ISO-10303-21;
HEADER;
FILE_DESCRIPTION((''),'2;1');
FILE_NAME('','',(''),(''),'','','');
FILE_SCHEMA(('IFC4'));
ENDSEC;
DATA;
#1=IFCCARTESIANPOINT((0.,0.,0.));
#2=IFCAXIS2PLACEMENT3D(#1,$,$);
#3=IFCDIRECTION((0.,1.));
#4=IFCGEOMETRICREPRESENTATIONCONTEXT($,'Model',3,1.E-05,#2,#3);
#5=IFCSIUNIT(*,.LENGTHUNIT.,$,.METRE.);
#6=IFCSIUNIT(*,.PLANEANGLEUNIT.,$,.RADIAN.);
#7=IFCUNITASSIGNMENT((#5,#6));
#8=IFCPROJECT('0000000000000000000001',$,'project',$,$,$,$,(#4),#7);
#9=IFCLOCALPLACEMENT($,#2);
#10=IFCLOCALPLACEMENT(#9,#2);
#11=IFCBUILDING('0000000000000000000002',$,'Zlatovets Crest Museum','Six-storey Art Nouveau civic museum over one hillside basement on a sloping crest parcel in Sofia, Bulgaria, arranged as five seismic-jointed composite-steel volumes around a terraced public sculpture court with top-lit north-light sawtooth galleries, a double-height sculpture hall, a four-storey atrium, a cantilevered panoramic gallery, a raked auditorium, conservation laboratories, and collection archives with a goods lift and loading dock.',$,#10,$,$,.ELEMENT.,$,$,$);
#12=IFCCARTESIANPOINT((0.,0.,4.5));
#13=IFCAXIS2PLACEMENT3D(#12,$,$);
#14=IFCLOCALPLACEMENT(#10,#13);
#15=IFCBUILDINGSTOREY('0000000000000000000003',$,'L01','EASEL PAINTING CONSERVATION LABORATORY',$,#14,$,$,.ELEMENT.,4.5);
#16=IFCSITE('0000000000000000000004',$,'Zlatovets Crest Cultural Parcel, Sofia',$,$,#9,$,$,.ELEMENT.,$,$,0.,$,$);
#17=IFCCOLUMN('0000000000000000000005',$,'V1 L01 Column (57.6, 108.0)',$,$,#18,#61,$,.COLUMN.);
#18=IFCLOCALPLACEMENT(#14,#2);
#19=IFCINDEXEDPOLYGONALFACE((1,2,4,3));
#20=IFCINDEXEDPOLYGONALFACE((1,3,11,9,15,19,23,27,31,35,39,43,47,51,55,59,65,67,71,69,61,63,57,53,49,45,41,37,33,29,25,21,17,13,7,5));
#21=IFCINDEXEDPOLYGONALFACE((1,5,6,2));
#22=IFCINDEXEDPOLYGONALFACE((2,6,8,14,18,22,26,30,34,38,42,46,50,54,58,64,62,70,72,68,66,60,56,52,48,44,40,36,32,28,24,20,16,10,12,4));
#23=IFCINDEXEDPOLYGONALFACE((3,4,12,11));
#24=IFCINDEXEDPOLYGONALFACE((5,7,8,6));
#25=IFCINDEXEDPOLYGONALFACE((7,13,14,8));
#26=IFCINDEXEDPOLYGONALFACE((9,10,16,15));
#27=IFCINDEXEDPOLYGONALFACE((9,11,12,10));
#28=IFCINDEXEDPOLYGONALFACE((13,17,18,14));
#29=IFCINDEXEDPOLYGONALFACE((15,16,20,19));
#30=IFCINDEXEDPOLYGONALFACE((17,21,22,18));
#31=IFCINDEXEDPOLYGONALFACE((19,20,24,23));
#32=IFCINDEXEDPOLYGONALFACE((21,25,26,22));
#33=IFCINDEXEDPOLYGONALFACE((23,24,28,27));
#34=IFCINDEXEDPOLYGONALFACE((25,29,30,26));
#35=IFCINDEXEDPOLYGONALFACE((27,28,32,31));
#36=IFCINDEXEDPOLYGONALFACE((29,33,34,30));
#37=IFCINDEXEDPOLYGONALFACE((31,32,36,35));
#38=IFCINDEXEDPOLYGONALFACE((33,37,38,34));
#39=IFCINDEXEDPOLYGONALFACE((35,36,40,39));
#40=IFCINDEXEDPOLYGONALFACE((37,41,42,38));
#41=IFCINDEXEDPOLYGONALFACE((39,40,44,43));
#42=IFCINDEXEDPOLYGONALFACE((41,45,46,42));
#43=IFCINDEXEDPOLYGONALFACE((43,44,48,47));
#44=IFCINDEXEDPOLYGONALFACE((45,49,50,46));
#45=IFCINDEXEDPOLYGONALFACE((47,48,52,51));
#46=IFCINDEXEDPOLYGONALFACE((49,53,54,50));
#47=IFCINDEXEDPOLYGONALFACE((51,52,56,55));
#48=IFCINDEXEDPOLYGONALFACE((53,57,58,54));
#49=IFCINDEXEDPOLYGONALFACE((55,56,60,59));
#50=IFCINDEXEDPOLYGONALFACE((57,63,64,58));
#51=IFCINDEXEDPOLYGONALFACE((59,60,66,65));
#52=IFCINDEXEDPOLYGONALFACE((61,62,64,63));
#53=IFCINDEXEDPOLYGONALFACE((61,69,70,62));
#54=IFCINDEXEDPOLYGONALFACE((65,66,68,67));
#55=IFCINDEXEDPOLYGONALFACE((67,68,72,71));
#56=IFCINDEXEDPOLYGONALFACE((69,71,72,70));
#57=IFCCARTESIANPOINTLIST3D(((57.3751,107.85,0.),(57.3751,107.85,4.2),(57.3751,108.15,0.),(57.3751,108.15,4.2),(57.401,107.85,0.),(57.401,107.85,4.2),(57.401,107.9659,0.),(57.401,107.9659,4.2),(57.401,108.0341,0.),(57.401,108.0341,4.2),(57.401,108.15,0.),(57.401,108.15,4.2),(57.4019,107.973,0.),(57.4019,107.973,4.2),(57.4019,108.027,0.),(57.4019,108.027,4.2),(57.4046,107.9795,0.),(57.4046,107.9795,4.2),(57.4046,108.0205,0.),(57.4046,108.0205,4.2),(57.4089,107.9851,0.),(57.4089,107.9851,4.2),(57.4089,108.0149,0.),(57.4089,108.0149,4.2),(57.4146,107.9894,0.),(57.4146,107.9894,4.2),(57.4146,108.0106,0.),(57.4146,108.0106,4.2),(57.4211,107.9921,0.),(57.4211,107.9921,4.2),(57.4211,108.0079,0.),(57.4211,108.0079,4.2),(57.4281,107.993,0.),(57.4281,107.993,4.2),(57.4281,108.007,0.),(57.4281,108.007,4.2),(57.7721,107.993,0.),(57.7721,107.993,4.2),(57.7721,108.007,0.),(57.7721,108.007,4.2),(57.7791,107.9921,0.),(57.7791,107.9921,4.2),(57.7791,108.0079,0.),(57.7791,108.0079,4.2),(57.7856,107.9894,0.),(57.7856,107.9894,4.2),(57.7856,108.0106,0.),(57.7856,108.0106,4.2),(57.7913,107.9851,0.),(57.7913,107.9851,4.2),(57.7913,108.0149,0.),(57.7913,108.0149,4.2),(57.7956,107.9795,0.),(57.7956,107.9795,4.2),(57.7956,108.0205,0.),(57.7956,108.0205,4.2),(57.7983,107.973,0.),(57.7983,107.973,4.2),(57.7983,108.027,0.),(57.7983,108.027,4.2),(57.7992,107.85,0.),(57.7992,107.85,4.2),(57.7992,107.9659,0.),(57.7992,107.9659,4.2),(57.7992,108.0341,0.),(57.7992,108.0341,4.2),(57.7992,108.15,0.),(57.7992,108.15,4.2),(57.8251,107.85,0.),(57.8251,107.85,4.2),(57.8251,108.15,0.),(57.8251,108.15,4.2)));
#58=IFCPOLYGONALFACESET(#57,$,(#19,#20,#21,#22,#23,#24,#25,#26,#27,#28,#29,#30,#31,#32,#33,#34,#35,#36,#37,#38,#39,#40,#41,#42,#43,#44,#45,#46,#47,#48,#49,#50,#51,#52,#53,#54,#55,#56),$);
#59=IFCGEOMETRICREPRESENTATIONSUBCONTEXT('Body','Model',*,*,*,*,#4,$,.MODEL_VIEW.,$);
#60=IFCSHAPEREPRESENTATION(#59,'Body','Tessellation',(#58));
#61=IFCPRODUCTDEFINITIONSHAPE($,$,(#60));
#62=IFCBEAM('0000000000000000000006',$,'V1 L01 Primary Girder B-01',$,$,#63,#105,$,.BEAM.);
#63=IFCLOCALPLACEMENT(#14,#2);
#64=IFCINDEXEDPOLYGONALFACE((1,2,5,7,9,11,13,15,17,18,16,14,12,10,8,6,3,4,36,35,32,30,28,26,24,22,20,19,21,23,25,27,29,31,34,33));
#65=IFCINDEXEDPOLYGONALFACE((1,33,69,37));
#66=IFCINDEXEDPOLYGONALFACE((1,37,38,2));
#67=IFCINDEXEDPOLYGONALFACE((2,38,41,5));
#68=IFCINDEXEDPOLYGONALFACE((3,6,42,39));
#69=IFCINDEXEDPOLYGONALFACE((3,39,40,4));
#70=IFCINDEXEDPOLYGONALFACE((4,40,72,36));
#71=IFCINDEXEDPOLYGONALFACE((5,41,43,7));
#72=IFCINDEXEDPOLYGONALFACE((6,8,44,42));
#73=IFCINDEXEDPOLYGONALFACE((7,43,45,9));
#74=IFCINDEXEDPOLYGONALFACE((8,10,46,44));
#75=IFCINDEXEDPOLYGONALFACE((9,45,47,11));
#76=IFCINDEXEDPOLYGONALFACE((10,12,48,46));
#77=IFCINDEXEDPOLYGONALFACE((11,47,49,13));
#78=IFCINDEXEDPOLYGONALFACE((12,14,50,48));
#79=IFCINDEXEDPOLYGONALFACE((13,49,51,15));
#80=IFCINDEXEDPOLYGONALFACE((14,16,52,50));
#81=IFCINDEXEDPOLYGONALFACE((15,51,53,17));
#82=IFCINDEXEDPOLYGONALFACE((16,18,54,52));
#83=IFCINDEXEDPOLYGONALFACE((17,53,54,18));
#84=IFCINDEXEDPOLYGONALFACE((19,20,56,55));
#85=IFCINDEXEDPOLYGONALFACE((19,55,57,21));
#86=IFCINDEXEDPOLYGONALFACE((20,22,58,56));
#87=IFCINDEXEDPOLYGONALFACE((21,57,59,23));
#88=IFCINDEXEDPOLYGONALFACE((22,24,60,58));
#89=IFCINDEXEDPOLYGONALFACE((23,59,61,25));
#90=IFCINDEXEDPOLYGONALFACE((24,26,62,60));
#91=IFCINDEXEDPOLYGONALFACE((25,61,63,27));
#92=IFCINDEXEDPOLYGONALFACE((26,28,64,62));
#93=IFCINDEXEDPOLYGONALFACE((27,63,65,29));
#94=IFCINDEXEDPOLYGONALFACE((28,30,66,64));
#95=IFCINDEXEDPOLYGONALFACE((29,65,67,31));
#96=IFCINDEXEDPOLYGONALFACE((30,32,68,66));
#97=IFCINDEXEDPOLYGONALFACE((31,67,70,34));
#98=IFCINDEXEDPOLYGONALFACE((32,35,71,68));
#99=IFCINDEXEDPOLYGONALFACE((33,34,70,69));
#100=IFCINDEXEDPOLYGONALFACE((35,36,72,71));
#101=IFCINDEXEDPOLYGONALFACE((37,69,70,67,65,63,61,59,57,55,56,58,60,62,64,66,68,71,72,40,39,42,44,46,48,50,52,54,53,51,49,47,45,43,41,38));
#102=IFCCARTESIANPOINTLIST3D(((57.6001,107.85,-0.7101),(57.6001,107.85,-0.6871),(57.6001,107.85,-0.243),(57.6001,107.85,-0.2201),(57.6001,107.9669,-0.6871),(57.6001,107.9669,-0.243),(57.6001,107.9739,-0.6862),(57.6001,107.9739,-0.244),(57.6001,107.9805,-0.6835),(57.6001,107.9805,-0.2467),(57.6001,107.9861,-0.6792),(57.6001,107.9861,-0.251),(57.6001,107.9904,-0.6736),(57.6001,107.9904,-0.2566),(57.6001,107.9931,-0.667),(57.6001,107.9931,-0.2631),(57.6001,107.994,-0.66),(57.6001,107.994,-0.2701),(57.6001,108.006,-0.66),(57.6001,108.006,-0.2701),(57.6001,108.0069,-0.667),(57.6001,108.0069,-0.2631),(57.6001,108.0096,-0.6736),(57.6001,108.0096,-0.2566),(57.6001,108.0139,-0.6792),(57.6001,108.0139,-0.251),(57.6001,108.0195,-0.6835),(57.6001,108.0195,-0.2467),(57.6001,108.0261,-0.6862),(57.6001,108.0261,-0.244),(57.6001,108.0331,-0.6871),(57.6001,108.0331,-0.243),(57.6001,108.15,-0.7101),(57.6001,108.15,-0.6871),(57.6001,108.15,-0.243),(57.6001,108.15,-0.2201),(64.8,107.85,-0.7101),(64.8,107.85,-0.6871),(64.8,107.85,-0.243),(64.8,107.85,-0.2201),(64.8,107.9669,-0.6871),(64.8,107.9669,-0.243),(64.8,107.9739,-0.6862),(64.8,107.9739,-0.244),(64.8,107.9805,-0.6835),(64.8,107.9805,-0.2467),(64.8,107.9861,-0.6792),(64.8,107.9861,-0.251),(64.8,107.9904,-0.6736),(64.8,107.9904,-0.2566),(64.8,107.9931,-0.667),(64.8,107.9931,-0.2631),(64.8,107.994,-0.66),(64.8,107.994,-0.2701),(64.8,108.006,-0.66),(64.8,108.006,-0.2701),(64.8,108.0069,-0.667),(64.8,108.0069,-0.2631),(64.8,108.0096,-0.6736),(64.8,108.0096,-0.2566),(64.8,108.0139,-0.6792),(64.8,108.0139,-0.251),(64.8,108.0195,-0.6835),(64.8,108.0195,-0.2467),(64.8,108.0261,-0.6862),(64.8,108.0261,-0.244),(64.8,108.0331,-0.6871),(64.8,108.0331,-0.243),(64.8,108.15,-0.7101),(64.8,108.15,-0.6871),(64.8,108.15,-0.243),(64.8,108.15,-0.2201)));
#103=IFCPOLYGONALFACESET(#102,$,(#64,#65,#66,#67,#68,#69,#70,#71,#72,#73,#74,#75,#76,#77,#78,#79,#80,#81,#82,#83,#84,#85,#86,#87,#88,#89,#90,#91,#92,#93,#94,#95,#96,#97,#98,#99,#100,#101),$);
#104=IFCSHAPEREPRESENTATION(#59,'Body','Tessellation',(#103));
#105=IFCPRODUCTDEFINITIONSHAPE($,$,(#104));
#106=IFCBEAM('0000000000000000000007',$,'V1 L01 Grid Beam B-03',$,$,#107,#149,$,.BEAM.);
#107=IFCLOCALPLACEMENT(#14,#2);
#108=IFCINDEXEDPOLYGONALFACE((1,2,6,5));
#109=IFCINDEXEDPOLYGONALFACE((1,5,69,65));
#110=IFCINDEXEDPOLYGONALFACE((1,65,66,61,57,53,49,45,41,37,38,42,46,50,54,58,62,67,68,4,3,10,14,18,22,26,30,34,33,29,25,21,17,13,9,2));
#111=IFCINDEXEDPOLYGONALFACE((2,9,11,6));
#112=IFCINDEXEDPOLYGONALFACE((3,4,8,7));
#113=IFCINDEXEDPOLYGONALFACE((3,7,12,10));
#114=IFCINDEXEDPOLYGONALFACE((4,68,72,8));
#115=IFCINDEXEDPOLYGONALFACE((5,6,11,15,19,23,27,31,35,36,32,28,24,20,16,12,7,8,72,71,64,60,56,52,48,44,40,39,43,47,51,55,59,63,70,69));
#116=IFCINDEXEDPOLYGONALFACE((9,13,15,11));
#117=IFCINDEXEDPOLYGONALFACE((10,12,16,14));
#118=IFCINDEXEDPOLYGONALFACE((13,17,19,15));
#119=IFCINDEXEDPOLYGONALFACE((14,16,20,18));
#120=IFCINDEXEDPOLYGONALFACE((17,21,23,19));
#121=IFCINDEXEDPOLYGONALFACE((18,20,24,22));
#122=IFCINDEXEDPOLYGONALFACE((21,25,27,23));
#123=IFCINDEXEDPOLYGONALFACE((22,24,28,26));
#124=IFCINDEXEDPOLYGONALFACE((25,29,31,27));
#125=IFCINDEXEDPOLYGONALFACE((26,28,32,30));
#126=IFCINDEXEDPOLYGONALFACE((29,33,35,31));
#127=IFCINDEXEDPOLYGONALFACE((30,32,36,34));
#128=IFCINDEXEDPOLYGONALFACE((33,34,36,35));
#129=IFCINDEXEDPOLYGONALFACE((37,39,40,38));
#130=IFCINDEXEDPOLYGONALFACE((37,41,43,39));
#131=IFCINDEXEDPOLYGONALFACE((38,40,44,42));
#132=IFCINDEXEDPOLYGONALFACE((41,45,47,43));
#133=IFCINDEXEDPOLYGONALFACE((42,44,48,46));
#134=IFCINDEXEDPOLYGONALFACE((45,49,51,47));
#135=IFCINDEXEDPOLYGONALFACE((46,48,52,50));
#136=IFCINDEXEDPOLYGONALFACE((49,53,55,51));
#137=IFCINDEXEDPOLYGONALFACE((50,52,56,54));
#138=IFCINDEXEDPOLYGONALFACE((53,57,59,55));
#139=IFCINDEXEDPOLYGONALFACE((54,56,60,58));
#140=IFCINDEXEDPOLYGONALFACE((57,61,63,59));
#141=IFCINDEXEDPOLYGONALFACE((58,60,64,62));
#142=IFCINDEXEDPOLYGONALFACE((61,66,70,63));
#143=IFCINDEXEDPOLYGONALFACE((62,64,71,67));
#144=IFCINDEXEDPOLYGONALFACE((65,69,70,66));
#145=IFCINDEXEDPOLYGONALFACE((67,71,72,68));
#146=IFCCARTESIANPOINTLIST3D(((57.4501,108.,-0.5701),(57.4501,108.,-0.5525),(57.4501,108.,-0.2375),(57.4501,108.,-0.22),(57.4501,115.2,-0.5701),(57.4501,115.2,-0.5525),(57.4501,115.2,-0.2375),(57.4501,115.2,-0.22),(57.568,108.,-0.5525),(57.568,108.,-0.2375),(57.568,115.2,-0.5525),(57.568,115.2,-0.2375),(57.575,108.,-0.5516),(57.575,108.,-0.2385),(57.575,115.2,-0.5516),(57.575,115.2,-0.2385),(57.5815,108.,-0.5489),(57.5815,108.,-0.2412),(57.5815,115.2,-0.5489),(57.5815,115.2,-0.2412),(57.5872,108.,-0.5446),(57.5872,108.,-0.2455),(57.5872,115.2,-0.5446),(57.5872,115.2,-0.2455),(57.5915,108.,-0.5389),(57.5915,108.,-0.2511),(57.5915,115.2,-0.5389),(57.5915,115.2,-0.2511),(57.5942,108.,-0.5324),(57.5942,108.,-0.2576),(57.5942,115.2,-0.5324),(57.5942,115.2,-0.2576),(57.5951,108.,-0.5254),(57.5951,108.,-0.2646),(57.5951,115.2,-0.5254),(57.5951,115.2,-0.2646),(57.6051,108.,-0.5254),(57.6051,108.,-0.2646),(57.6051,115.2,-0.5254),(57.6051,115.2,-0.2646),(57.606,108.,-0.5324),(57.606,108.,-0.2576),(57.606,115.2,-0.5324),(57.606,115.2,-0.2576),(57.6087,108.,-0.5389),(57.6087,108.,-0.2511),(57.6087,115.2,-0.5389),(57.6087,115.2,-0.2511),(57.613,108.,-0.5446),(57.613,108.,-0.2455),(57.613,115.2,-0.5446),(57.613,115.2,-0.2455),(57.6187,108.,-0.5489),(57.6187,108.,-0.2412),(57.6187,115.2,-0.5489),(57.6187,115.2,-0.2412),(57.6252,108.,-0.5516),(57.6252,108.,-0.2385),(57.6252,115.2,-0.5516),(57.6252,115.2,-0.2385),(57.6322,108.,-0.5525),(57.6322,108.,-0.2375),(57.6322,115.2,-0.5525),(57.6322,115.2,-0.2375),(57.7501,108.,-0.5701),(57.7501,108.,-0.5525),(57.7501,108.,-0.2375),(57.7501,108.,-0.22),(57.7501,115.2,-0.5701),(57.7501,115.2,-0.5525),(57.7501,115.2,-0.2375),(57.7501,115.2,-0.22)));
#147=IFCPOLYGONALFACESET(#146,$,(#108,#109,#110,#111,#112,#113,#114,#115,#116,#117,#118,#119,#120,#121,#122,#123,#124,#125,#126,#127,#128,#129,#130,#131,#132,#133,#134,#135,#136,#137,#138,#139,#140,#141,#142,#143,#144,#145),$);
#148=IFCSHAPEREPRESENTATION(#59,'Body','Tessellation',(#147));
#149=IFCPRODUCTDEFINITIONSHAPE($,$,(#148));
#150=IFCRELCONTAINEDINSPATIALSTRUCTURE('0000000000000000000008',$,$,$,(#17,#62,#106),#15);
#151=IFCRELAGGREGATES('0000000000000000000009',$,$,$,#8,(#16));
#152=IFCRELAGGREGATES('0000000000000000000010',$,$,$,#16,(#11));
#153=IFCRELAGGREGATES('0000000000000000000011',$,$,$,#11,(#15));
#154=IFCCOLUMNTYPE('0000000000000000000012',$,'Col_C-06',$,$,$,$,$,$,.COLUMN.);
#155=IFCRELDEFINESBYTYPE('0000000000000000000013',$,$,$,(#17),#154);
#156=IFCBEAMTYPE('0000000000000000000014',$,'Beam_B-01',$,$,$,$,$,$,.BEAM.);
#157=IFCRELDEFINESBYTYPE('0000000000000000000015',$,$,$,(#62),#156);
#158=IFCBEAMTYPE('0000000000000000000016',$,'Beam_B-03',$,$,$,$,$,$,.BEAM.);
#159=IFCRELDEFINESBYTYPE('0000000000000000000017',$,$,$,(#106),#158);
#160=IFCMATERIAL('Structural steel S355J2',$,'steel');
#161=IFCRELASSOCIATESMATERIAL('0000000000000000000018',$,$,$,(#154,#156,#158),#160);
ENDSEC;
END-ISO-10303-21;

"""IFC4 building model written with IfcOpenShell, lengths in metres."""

from ifc_helpers import new_model, si_unit, direction, frame, origin, origin_2d, place, context, subcontext, project, spatial, i_section, extrude, material, material_profile, profile_set, type_object, element, save


model = new_model("IFC4")

# Units and contexts
model_context = context("Model", 3, precision=1e-05, world=origin(), true_north=direction((0.0, 1.0)))
body_context = subcontext(model_context, "Body", "Model", "MODEL_VIEW")
ifc_project = project(units=[si_unit("LENGTHUNIT", "METRE"), si_unit("PLANEANGLEUNIT", "RADIAN")], contexts=[model_context])

# Site, building, storey
site_placement = place(None, origin())
site = spatial("IfcSite", under=ifc_project, at=site_placement, Name="Zlatovets Crest Cultural Parcel, Sofia", CompositionType="ELEMENT", RefElevation=0.0)
building_placement = place(site_placement, origin())
building = spatial("IfcBuilding", under=site, at=building_placement, Name="Zlatovets Crest Museum", Description="Six-storey Art Nouveau civic museum over one hillside basement on a sloping crest parcel in Sofia, Bulgaria, arranged as five seismic-jointed composite-steel volumes around a terraced public sculpture court with top-lit north-light sawtooth galleries, a double-height sculpture hall, a four-storey atrium, a cantilevered panoramic gallery, a raked auditorium, conservation laboratories, and collection archives with a goods lift and loading dock.", CompositionType="ELEMENT")
storey_placement = place(building_placement, frame((0.0, 0.0, 4.5)))
storey = spatial("IfcBuildingStorey", under=building, at=storey_placement, Name="L01", Description="EASEL PAINTING CONSERVATION LABORATORY", CompositionType="ELEMENT", Elevation=4.5)

# Column
ifc_material_1 = material(Name="Structural steel S355J2", Category="steel")
ifc_material_profile_1 = material_profile(ifc_material_1, i_section(OverallWidth=0.3, OverallDepth=0.45, WebThickness=0.0139, FlangeThickness=0.0259, FilletRadius=0.0271, at=origin_2d()), Name="HEB 450")
ifc_profile_set_1 = profile_set([ifc_material_profile_1], Name="Structural steel S355J2")
column_type = type_object("IfcColumnType", Name="Col_C-06", PredefinedType="COLUMN", material=ifc_profile_set_1)
column_placement = place(storey_placement, frame((57.6001, 108.0, 0.0), z_axis=(0.0, 0.0, 1.0), x_axis=(0.0, 1.0, 0.0)))
element("IfcColumn", 1, at=column_placement, inside=storey, type_object=column_type, Name="V1 L01 Column (57.6, 108.0)", PredefinedType="COLUMN", context=body_context, shape_type="SweptSolid", body=[
    extrude(i_section(OverallWidth=0.3, OverallDepth=0.45, WebThickness=0.0139, FlangeThickness=0.0259, FilletRadius=0.0271, at=origin_2d()), origin(), (0.0, 0.0, 1.0), 4.2),
])

# Beams
ifc_material_profile_2 = material_profile(ifc_material_1, i_section(OverallWidth=0.3, OverallDepth=0.49, WebThickness=0.012, FlangeThickness=0.0229, FilletRadius=0.0271, at=origin_2d()), Name="HEA 500")
ifc_profile_set_2 = profile_set([ifc_material_profile_2], Name="Structural steel S355J2")
beam_type_1 = type_object("IfcBeamType", Name="Beam_B-01", PredefinedType="BEAM", material=ifc_profile_set_2)
beam_1_placement = place(storey_placement, frame((57.6001, 108.0, -0.4651), z_axis=(1.0, 0.0, 0.0), x_axis=(0.0, 1.0, 0.0)))
element("IfcBeam", 2, at=beam_1_placement, inside=storey, type_object=beam_type_1, Name="V1 L01 Primary Girder B-01", PredefinedType="BEAM", context=body_context, shape_type="SweptSolid", body=[
    extrude(i_section(OverallWidth=0.3, OverallDepth=0.49, WebThickness=0.012, FlangeThickness=0.0229, FilletRadius=0.0271, at=origin_2d()), origin(), (0.0, 0.0, 1.0), 7.2),
])
ifc_material_profile_3 = material_profile(ifc_material_1, i_section(OverallWidth=0.3, OverallDepth=0.3501, WebThickness=0.01, FlangeThickness=0.0176, FilletRadius=0.0271, at=origin_2d()), Name="HEA 360")
ifc_profile_set_3 = profile_set([ifc_material_profile_3], Name="Structural steel S355J2")
beam_type_2 = type_object("IfcBeamType", Name="Beam_B-03", PredefinedType="BEAM", material=ifc_profile_set_3)
beam_2_placement = place(storey_placement, frame((57.6001, 108.0, -0.395), z_axis=(0.0, 1.0, 0.0), x_axis=(-1.0, 0.0, 0.0)))
element("IfcBeam", 3, at=beam_2_placement, inside=storey, type_object=beam_type_2, Name="V1 L01 Grid Beam B-03", PredefinedType="BEAM", context=body_context, shape_type="SweptSolid", body=[
    extrude(i_section(OverallWidth=0.3, OverallDepth=0.3501, WebThickness=0.01, FlangeThickness=0.0176, FilletRadius=0.0271, at=origin_2d()), origin(), (0.0, 0.0, 1.0), 7.2),
])

save(model, "model.ifc")
